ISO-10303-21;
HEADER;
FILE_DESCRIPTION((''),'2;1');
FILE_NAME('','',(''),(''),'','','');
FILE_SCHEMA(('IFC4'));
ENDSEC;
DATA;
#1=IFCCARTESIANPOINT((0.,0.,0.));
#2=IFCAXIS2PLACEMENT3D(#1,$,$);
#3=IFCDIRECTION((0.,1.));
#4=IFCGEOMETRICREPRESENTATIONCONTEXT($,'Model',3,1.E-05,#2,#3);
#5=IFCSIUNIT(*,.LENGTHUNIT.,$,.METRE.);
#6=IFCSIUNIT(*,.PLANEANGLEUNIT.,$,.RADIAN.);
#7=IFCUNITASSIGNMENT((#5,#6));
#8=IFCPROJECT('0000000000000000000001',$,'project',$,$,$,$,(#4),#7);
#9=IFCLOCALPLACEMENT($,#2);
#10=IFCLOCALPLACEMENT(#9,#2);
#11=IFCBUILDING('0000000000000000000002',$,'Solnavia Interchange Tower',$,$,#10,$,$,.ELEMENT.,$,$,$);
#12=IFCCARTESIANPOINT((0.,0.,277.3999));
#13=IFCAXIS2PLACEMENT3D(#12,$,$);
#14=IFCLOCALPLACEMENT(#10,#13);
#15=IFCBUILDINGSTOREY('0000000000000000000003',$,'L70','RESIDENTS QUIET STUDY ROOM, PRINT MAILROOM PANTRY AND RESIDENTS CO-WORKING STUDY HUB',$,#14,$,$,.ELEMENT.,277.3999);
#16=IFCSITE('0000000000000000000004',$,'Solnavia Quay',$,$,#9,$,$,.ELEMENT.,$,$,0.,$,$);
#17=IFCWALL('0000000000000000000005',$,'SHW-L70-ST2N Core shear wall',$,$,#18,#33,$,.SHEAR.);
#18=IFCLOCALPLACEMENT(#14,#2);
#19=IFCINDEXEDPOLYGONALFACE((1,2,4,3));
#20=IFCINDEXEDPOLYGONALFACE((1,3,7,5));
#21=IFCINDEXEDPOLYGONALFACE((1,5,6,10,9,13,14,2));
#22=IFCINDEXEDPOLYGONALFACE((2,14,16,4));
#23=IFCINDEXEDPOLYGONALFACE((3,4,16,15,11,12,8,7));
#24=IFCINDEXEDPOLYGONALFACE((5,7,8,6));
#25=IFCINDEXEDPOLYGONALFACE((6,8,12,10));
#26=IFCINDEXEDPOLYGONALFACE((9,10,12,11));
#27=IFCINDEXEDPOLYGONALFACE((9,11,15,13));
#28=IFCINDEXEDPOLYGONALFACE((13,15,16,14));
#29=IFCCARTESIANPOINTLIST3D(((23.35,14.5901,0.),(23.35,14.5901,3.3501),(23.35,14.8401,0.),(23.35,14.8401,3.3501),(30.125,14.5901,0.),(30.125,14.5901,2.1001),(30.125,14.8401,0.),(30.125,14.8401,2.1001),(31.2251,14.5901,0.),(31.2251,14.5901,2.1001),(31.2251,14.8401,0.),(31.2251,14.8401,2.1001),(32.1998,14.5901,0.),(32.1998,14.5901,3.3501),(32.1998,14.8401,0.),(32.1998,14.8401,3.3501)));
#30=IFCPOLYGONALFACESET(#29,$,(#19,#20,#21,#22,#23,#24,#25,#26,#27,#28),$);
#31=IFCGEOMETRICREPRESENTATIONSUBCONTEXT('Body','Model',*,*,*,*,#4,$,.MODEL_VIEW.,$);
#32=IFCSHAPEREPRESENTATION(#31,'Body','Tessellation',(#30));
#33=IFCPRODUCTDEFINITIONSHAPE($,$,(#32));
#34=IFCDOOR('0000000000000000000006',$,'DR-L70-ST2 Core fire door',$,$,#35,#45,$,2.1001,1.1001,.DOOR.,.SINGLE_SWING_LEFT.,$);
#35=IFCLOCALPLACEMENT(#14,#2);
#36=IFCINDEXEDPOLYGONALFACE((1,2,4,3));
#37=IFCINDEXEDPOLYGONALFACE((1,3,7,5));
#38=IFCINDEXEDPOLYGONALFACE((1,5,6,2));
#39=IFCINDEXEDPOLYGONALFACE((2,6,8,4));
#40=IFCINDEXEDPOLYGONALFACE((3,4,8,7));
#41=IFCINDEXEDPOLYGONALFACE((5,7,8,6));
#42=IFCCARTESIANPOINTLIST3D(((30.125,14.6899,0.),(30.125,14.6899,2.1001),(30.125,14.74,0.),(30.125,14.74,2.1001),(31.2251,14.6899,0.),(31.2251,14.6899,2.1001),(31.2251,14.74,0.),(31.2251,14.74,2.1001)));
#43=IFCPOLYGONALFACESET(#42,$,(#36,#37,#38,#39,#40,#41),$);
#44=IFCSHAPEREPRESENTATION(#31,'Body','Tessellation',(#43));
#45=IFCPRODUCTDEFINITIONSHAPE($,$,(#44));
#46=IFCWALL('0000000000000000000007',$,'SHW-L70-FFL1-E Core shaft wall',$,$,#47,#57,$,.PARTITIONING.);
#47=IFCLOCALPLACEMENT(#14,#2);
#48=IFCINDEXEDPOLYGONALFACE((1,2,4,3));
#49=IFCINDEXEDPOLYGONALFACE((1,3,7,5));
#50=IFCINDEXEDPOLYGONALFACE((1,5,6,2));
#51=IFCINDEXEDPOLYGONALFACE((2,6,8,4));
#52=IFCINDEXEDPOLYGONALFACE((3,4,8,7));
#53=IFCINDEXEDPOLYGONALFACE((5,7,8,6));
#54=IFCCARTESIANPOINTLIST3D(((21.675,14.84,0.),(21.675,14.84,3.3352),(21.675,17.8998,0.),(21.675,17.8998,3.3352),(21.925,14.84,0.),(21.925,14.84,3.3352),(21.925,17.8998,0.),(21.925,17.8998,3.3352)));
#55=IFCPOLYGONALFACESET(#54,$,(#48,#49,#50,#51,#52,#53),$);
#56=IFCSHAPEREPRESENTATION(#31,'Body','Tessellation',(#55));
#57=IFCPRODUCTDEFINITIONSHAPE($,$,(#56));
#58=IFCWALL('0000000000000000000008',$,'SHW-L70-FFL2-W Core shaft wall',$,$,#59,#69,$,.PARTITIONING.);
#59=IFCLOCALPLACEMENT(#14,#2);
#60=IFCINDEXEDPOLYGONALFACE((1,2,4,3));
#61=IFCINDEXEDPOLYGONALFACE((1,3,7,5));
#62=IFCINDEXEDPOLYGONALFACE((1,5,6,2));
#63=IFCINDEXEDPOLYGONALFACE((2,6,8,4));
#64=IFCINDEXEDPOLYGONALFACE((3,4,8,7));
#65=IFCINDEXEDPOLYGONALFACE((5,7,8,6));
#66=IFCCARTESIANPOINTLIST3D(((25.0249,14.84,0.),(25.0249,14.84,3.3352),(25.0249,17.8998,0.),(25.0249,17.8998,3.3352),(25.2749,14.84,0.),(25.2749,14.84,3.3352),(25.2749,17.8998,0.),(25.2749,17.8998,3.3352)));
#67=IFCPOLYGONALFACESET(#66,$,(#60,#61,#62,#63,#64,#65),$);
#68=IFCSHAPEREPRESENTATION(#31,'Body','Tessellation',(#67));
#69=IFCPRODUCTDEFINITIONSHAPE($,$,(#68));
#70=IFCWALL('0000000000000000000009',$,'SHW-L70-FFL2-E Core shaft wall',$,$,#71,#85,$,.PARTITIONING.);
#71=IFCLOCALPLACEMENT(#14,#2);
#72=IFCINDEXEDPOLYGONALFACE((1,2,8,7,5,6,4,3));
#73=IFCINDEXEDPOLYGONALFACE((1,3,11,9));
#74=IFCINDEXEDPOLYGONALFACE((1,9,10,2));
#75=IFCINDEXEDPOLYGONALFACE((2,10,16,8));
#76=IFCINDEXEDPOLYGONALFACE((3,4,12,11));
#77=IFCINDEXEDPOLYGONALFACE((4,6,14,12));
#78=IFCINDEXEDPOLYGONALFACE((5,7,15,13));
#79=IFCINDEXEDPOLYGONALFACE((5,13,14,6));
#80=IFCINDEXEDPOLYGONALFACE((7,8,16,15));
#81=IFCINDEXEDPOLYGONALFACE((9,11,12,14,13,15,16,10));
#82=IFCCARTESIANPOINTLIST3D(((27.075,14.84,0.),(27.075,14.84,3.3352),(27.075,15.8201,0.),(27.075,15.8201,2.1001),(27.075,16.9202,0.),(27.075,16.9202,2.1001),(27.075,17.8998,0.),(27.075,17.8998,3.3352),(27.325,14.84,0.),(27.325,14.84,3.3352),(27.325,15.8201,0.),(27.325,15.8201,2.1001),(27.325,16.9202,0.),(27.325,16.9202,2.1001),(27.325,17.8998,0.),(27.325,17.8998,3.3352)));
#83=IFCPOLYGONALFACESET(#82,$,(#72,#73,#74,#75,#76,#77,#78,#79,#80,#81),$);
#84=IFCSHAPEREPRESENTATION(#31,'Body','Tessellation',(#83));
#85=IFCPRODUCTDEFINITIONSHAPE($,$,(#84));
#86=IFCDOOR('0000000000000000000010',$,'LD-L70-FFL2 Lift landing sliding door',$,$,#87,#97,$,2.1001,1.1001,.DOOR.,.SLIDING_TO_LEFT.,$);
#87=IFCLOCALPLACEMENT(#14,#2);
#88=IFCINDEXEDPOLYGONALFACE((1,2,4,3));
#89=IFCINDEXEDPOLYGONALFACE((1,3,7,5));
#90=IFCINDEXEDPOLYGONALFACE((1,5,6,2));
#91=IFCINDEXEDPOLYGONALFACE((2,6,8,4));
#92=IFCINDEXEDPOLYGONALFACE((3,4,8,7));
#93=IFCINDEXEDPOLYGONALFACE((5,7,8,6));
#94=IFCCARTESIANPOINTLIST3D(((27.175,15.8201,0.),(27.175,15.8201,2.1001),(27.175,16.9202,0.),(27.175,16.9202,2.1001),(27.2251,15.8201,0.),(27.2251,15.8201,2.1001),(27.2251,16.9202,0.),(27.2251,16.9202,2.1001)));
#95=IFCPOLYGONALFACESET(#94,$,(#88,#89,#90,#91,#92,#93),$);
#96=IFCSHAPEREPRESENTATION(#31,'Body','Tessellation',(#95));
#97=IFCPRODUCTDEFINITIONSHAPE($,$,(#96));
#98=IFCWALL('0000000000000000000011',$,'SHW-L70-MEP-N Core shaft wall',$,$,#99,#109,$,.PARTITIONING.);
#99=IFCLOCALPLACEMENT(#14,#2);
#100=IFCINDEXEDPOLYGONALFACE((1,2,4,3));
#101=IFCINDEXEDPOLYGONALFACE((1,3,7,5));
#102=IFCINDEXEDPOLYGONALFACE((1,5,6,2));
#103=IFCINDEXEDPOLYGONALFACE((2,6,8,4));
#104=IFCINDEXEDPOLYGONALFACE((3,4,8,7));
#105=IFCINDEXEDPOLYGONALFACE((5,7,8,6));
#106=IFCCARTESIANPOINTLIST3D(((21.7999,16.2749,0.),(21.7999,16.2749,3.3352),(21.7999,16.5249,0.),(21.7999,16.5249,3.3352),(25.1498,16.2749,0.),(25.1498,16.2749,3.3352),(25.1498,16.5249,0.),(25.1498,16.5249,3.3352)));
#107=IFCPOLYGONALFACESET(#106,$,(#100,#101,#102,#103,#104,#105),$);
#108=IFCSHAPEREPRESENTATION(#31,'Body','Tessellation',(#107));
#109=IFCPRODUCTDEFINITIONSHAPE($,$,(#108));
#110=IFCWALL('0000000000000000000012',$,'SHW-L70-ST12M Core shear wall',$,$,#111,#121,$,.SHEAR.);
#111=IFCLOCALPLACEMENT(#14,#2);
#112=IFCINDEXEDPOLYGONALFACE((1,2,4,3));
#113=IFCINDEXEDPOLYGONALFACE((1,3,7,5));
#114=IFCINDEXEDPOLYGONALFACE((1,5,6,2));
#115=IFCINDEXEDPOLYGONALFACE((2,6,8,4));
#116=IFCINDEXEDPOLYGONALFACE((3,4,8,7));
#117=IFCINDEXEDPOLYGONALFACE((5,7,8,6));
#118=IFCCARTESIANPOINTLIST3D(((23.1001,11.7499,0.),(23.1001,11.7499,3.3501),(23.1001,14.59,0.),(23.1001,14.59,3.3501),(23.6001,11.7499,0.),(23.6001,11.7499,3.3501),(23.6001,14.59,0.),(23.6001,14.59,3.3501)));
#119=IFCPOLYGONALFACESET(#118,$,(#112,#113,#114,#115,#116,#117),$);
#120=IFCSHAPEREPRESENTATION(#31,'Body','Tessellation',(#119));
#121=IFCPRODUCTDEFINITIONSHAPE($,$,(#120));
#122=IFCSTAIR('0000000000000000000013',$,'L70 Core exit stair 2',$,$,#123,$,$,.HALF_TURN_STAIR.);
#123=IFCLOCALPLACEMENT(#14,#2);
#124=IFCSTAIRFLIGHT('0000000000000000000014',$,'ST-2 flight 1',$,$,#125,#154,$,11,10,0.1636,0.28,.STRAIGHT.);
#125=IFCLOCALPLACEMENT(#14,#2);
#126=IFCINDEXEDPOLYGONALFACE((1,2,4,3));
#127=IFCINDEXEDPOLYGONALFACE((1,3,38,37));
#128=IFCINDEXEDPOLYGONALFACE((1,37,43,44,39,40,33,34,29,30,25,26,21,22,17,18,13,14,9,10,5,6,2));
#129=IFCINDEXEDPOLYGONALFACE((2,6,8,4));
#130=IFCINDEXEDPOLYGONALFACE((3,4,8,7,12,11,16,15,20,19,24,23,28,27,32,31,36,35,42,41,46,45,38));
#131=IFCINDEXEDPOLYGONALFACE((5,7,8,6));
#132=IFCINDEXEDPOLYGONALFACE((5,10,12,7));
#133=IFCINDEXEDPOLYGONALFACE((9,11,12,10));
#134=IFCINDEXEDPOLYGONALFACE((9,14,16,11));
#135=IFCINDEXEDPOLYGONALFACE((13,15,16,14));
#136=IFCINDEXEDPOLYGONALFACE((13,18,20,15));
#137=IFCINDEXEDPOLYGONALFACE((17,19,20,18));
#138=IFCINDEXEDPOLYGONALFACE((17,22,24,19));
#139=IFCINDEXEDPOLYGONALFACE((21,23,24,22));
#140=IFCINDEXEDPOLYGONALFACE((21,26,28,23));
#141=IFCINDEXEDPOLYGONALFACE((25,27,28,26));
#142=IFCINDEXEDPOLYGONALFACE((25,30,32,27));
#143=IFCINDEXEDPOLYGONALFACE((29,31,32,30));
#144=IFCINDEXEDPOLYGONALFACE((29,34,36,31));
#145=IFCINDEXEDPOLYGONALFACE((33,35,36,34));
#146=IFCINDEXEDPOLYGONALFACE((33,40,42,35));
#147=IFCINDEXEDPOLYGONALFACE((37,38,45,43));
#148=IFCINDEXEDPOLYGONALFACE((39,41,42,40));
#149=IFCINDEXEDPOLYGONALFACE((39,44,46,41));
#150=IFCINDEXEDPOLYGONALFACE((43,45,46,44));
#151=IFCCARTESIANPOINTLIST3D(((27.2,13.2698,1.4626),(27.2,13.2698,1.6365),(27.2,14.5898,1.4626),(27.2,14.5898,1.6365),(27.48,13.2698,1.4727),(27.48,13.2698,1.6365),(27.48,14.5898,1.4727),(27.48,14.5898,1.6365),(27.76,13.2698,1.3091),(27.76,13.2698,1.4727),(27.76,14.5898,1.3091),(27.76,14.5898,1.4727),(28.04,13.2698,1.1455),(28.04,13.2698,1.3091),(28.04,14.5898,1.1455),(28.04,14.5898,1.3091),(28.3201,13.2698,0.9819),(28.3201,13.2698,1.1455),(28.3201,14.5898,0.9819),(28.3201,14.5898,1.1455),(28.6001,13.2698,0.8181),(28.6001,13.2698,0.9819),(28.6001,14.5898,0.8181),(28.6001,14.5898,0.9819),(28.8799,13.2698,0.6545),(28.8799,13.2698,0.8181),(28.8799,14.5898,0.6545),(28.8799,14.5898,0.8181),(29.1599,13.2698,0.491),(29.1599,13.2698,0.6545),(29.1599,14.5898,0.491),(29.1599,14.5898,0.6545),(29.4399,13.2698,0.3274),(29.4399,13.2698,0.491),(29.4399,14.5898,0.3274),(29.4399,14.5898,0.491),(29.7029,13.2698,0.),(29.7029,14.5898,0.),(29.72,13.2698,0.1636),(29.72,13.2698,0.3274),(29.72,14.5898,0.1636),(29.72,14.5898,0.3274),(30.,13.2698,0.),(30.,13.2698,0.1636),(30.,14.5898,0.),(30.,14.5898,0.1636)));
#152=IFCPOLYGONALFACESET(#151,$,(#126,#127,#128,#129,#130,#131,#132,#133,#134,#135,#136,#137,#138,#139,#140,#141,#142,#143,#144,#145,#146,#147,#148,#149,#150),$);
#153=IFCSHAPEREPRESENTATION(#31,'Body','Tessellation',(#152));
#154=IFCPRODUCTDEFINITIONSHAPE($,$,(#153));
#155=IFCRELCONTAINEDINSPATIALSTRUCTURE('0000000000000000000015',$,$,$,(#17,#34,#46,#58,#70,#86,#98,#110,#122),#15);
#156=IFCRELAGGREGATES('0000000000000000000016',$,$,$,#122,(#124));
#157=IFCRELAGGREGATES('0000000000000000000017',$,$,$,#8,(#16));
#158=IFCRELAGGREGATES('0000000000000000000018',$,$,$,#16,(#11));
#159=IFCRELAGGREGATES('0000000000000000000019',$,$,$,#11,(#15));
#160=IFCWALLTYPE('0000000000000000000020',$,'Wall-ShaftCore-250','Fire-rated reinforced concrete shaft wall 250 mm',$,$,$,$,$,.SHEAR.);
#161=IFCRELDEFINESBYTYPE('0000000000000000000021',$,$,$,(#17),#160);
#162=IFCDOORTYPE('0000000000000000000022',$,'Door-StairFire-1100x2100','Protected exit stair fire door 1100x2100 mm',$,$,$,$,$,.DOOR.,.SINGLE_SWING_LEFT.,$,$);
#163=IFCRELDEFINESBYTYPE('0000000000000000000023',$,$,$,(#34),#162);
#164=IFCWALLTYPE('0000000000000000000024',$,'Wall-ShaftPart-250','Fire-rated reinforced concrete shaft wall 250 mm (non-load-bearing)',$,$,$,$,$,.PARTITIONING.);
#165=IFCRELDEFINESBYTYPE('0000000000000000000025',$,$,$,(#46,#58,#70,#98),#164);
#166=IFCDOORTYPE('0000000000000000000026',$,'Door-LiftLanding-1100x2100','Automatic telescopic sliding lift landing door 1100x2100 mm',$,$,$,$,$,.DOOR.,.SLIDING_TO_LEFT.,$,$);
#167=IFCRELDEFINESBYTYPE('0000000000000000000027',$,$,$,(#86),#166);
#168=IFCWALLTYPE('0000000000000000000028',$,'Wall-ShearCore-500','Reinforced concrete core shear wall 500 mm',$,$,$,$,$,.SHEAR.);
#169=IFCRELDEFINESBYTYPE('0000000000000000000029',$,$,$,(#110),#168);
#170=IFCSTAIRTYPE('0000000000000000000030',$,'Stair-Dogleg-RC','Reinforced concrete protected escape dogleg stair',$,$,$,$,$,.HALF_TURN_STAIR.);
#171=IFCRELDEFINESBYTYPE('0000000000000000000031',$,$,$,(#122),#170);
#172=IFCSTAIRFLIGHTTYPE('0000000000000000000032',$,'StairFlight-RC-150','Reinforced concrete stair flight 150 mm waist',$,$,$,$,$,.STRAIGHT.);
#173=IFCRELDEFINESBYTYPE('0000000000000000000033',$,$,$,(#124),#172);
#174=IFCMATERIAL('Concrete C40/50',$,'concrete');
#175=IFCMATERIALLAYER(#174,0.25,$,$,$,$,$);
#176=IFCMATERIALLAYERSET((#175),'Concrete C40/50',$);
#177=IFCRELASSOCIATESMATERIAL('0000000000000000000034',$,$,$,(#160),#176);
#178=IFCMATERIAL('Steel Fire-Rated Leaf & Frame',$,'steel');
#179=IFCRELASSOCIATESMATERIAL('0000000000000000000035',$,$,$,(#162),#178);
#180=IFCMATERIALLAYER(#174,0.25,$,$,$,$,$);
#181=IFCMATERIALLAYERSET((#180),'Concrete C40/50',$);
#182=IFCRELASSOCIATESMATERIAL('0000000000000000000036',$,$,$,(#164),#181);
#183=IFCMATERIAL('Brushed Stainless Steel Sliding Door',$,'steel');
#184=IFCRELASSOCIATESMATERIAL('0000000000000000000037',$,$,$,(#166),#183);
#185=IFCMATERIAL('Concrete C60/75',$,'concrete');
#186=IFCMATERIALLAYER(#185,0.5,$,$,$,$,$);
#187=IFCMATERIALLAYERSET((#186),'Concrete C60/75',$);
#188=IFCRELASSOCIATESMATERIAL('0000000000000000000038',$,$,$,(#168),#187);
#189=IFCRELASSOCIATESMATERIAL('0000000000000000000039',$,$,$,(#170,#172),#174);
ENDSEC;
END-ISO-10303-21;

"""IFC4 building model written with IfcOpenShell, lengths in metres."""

from ifc_helpers import new_model, si_unit, direction, frame, frame_2d, origin, place, context, subcontext, project, spatial, polyline, rectangle, outline, extrude, material, layer, layer_set, type_object, element, fill, aggregate, save


model = new_model("IFC4")

# Units and contexts
model_context = context("Model", 3, precision=1e-05, world=origin(), true_north=direction((0.0, 1.0)))
body_context = subcontext(model_context, "Body", "Model", "MODEL_VIEW")
ifc_project = project(units=[si_unit("LENGTHUNIT", "METRE"), si_unit("PLANEANGLEUNIT", "RADIAN")], contexts=[model_context])

# Site, building, storey
site_placement = place(None, origin())
site = spatial("IfcSite", under=ifc_project, at=site_placement, Name="Solnavia Quay", CompositionType="ELEMENT", RefElevation=0.0)
building_placement = place(site_placement, origin())
building = spatial("IfcBuilding", under=site, at=building_placement, Name="Solnavia Interchange Tower", CompositionType="ELEMENT")
storey_placement = place(building_placement, frame((0.0, 0.0, 277.3999)))
storey = spatial("IfcBuildingStorey", under=building, at=storey_placement, Name="L70", Description="RESIDENTS QUIET STUDY ROOM, PRINT MAILROOM PANTRY AND RESIDENTS CO-WORKING STUDY HUB", CompositionType="ELEMENT", Elevation=277.3999)

# Shared definitions
ifc_material_1 = material(Name="Concrete C40/50", Category="concrete")

# Shared definitions
ifc_layer_1 = layer(ifc_material_1, 0.25)
ifc_layer_set_1 = layer_set([ifc_layer_1], Name="Concrete C40/50")
wall_type_1 = type_object("IfcWallType", Name="Wall-ShaftCore-250", Description="Fire-rated reinforced concrete shaft wall 250 mm", PredefinedType="SHEAR", material=ifc_layer_set_1)

# Wall, opening, door
wall_1_placement = place(storey_placement, frame((23.3501, 14.7151, 0.0), z_axis=(0.0, 0.0, 1.0), x_axis=(1.0, 0.0, 0.0)))
wall_1 = element("IfcWall", 1, at=wall_1_placement, inside=storey, type_object=wall_type_1, Name="SHW-L70-ST2N Core shear wall", PredefinedType="SHEAR", context=body_context, shape_type="SweptSolid", body=[
    extrude(rectangle(XDim=8.8499, YDim=0.25, at=frame_2d((4.4248, 0.0))), origin(), (0.0, 0.0, 1.0), 3.3501),
])
opening_1_placement = place(wall_1_placement, frame((6.7749, 0.0, 0.0)))
opening_1 = element("IfcOpeningElement", 2, at=opening_1_placement, cuts=wall_1, PredefinedType="OPENING", context=body_context, shape_type="SweptSolid", body=[
    extrude(rectangle(XDim=1.1001, YDim=2.1001, at=frame_2d((0.55, 1.05))), frame((0.0, 0.135, 0.0), z_axis=(0.0, -1.0, 0.0), x_axis=(1.0, 0.0, 0.0)), (0.0, 0.0, 1.0), 0.27),
])
ifc_material_2 = material(Name="Steel Fire-Rated Leaf & Frame", Category="steel")
door_type_1 = type_object("IfcDoorType", Name="Door-StairFire-1100x2100", Description="Protected exit stair fire door 1100x2100 mm", OperationType="SINGLE_SWING_LEFT", PredefinedType="DOOR", material=ifc_material_2)
door_1_placement = place(opening_1_placement, origin())
door_1 = element("IfcDoor", 3, at=door_1_placement, inside=storey, type_object=door_type_1, Name="DR-L70-ST2 Core fire door", OperationType="SINGLE_SWING_LEFT", OverallHeight=2.1001, OverallWidth=1.1001, PredefinedType="DOOR", context=body_context, shape_type="SweptSolid", body=[
    extrude(rectangle(XDim=1.1001, YDim=2.1001, at=frame_2d((0.55, 1.05))), frame((0.0, 0.0249, 0.0), z_axis=(0.0, -1.0, 0.0), x_axis=(1.0, 0.0, 0.0)), (0.0, 0.0, 1.0), 0.05),
])
fill(opening_1, door_1)

# Walls
ifc_layer_2 = layer(ifc_material_1, 0.25)
ifc_layer_set_2 = layer_set([ifc_layer_2], Name="Concrete C40/50")
wall_type_2 = type_object("IfcWallType", Name="Wall-ShaftPart-250", Description="Fire-rated reinforced concrete shaft wall 250 mm (non-load-bearing)", PredefinedType="PARTITIONING", material=ifc_layer_set_2)
for number, where, z_axis, x_axis, name in (
    (4, (21.8, 14.8401, 0.0), (0.0, 0.0, 1.0), (0.0, 1.0, 0.0), "SHW-L70-FFL1-E Core shaft wall"),
    (5, (25.1499, 14.8401, 0.0), (0.0, 0.0, 1.0), (0.0, 1.0, 0.0), "SHW-L70-FFL2-W Core shaft wall"),
):
    element("IfcWall", number, at=place(storey_placement, frame(where, z_axis=z_axis, x_axis=x_axis)), inside=storey, type_object=wall_type_2, Name=name, PredefinedType="PARTITIONING", context=body_context, shape_type="SweptSolid", body=[
        extrude(rectangle(XDim=3.0598, YDim=0.25, at=frame_2d((1.5298, 0.0))), origin(), (0.0, 0.0, 1.0), 3.3352),
    ])

# Wall, opening, door
wall_2_placement = place(storey_placement, frame((27.2, 14.8401, 0.0), z_axis=(0.0, 0.0, 1.0), x_axis=(0.0, 1.0, 0.0)))
wall_2 = element("IfcWall", 6, at=wall_2_placement, inside=storey, type_object=wall_type_2, Name="SHW-L70-FFL2-E Core shaft wall", PredefinedType="PARTITIONING", context=body_context, shape_type="SweptSolid", body=[
    extrude(rectangle(XDim=3.0598, YDim=0.25, at=frame_2d((1.5298, 0.0))), origin(), (0.0, 0.0, 1.0), 3.3352),
])
opening_2_placement = place(wall_2_placement, frame((0.98, 0.0, 0.0)))
opening_2 = element("IfcOpeningElement", 7, at=opening_2_placement, cuts=wall_2, PredefinedType="OPENING", context=body_context, shape_type="SweptSolid", body=[
    extrude(rectangle(XDim=1.1001, YDim=2.1001, at=frame_2d((0.55, 1.05))), frame((0.0, 0.135, 0.0), z_axis=(0.0, -1.0, 0.0), x_axis=(1.0, 0.0, 0.0)), (0.0, 0.0, 1.0), 0.27),
])
ifc_material_3 = material(Name="Brushed Stainless Steel Sliding Door", Category="steel")
door_type_2 = type_object("IfcDoorType", Name="Door-LiftLanding-1100x2100", Description="Automatic telescopic sliding lift landing door 1100x2100 mm", OperationType="SLIDING_TO_LEFT", PredefinedType="DOOR", material=ifc_material_3)
door_2_placement = place(opening_2_placement, origin())
door_2 = element("IfcDoor", 8, at=door_2_placement, inside=storey, type_object=door_type_2, Name="LD-L70-FFL2 Lift landing sliding door", OperationType="SLIDING_TO_LEFT", OverallHeight=2.1001, OverallWidth=1.1001, PredefinedType="DOOR", context=body_context, shape_type="SweptSolid", body=[
    extrude(rectangle(XDim=1.1001, YDim=2.1001, at=frame_2d((0.55, 1.05))), frame((0.0, 0.0249, 0.0), z_axis=(0.0, -1.0, 0.0), x_axis=(1.0, 0.0, 0.0)), (0.0, 0.0, 1.0), 0.05),
])
fill(opening_2, door_2)

# Walls
wall_3_placement = place(storey_placement, frame((21.8, 16.3999, 0.0), z_axis=(0.0, 0.0, 1.0), x_axis=(1.0, 0.0, 0.0)))
element("IfcWall", 9, at=wall_3_placement, inside=storey, type_object=wall_type_2, Name="SHW-L70-MEP-N Core shaft wall", PredefinedType="PARTITIONING", context=body_context, shape_type="SweptSolid", body=[
    extrude(rectangle(XDim=3.3499, YDim=0.25, at=frame_2d((1.6748, 0.0))), origin(), (0.0, 0.0, 1.0), 3.3352),
])
ifc_material_4 = material(Name="Concrete C60/75", Category="concrete")
ifc_layer_3 = layer(ifc_material_4, 0.5)
ifc_layer_set_3 = layer_set([ifc_layer_3], Name="Concrete C60/75")
wall_type_3 = type_object("IfcWallType", Name="Wall-ShearCore-500", Description="Reinforced concrete core shear wall 500 mm", PredefinedType="SHEAR", material=ifc_layer_set_3)
wall_4_placement = place(storey_placement, frame((23.3501, 11.75, 0.0), z_axis=(0.0, 0.0, 1.0), x_axis=(0.0, 1.0, 0.0)))
element("IfcWall", 10, at=wall_4_placement, inside=storey, type_object=wall_type_3, Name="SHW-L70-ST12M Core shear wall", PredefinedType="SHEAR", context=body_context, shape_type="SweptSolid", body=[
    extrude(rectangle(XDim=2.8401, YDim=0.5, at=frame_2d((1.4199, 0.0))), origin(), (0.0, 0.0, 1.0), 3.3501),
])

# Stair, stair flight
stair_type = type_object("IfcStairType", Name="Stair-Dogleg-RC", Description="Reinforced concrete protected escape dogleg stair", PredefinedType="HALF_TURN_STAIR", material=ifc_material_1)
stair_placement = place(storey_placement, origin())
stair = element("IfcStair", 11, at=stair_placement, inside=storey, type_object=stair_type, Name="L70 Core exit stair 2", PredefinedType="HALF_TURN_STAIR")
stair_flight_type = type_object("IfcStairFlightType", Name="StairFlight-RC-150", Description="Reinforced concrete stair flight 150 mm waist", PredefinedType="STRAIGHT", material=ifc_material_1)
stair_flight_1_placement = place(storey_placement, frame((30.0, 13.9299, 0.0), z_axis=(0.0, 0.0, 1.0), x_axis=(-1.0, 0.0, 0.0)))
stair_flight_1 = element("IfcStairFlight", 12, at=stair_flight_1_placement, type_object=stair_flight_type, Name="ST-2 flight 1", NumberOfRisers=11, NumberOfTreads=10, PredefinedType="STRAIGHT", RiserHeight=0.1636, TreadLength=0.28, context=body_context, shape_type="SweptSolid", body=[
    extrude(outline(polyline([(0.0, 0.0), (0.0, 0.1636), (0.28, 0.1636), (0.28, 0.3274), (0.5601, 0.3274), (0.5601, 0.491), (0.8401, 0.491), (0.8401, 0.6545), (1.1201, 0.6545), (1.1201, 0.8181), (1.3999, 0.8181), (1.3999, 0.9819), (1.6799, 0.9819), (1.6799, 1.1455), (1.96, 1.1455), (1.96, 1.3091), (2.24, 1.3091), (2.24, 1.4727), (2.52, 1.4727), (2.52, 1.6365), (2.8, 1.6365), (2.8, 1.8), (2.8, 1.4626), (0.2971, 0.0), (0.0, 0.0)])), frame((0.0, 0.6602, 0.0), z_axis=(0.0, -1.0, 0.0), x_axis=(1.0, 0.0, 0.0)), (0.0, 0.0, 1.0), 1.3201),
])
aggregate(stair, [stair_flight_1])

save(model, "model.ifc")
